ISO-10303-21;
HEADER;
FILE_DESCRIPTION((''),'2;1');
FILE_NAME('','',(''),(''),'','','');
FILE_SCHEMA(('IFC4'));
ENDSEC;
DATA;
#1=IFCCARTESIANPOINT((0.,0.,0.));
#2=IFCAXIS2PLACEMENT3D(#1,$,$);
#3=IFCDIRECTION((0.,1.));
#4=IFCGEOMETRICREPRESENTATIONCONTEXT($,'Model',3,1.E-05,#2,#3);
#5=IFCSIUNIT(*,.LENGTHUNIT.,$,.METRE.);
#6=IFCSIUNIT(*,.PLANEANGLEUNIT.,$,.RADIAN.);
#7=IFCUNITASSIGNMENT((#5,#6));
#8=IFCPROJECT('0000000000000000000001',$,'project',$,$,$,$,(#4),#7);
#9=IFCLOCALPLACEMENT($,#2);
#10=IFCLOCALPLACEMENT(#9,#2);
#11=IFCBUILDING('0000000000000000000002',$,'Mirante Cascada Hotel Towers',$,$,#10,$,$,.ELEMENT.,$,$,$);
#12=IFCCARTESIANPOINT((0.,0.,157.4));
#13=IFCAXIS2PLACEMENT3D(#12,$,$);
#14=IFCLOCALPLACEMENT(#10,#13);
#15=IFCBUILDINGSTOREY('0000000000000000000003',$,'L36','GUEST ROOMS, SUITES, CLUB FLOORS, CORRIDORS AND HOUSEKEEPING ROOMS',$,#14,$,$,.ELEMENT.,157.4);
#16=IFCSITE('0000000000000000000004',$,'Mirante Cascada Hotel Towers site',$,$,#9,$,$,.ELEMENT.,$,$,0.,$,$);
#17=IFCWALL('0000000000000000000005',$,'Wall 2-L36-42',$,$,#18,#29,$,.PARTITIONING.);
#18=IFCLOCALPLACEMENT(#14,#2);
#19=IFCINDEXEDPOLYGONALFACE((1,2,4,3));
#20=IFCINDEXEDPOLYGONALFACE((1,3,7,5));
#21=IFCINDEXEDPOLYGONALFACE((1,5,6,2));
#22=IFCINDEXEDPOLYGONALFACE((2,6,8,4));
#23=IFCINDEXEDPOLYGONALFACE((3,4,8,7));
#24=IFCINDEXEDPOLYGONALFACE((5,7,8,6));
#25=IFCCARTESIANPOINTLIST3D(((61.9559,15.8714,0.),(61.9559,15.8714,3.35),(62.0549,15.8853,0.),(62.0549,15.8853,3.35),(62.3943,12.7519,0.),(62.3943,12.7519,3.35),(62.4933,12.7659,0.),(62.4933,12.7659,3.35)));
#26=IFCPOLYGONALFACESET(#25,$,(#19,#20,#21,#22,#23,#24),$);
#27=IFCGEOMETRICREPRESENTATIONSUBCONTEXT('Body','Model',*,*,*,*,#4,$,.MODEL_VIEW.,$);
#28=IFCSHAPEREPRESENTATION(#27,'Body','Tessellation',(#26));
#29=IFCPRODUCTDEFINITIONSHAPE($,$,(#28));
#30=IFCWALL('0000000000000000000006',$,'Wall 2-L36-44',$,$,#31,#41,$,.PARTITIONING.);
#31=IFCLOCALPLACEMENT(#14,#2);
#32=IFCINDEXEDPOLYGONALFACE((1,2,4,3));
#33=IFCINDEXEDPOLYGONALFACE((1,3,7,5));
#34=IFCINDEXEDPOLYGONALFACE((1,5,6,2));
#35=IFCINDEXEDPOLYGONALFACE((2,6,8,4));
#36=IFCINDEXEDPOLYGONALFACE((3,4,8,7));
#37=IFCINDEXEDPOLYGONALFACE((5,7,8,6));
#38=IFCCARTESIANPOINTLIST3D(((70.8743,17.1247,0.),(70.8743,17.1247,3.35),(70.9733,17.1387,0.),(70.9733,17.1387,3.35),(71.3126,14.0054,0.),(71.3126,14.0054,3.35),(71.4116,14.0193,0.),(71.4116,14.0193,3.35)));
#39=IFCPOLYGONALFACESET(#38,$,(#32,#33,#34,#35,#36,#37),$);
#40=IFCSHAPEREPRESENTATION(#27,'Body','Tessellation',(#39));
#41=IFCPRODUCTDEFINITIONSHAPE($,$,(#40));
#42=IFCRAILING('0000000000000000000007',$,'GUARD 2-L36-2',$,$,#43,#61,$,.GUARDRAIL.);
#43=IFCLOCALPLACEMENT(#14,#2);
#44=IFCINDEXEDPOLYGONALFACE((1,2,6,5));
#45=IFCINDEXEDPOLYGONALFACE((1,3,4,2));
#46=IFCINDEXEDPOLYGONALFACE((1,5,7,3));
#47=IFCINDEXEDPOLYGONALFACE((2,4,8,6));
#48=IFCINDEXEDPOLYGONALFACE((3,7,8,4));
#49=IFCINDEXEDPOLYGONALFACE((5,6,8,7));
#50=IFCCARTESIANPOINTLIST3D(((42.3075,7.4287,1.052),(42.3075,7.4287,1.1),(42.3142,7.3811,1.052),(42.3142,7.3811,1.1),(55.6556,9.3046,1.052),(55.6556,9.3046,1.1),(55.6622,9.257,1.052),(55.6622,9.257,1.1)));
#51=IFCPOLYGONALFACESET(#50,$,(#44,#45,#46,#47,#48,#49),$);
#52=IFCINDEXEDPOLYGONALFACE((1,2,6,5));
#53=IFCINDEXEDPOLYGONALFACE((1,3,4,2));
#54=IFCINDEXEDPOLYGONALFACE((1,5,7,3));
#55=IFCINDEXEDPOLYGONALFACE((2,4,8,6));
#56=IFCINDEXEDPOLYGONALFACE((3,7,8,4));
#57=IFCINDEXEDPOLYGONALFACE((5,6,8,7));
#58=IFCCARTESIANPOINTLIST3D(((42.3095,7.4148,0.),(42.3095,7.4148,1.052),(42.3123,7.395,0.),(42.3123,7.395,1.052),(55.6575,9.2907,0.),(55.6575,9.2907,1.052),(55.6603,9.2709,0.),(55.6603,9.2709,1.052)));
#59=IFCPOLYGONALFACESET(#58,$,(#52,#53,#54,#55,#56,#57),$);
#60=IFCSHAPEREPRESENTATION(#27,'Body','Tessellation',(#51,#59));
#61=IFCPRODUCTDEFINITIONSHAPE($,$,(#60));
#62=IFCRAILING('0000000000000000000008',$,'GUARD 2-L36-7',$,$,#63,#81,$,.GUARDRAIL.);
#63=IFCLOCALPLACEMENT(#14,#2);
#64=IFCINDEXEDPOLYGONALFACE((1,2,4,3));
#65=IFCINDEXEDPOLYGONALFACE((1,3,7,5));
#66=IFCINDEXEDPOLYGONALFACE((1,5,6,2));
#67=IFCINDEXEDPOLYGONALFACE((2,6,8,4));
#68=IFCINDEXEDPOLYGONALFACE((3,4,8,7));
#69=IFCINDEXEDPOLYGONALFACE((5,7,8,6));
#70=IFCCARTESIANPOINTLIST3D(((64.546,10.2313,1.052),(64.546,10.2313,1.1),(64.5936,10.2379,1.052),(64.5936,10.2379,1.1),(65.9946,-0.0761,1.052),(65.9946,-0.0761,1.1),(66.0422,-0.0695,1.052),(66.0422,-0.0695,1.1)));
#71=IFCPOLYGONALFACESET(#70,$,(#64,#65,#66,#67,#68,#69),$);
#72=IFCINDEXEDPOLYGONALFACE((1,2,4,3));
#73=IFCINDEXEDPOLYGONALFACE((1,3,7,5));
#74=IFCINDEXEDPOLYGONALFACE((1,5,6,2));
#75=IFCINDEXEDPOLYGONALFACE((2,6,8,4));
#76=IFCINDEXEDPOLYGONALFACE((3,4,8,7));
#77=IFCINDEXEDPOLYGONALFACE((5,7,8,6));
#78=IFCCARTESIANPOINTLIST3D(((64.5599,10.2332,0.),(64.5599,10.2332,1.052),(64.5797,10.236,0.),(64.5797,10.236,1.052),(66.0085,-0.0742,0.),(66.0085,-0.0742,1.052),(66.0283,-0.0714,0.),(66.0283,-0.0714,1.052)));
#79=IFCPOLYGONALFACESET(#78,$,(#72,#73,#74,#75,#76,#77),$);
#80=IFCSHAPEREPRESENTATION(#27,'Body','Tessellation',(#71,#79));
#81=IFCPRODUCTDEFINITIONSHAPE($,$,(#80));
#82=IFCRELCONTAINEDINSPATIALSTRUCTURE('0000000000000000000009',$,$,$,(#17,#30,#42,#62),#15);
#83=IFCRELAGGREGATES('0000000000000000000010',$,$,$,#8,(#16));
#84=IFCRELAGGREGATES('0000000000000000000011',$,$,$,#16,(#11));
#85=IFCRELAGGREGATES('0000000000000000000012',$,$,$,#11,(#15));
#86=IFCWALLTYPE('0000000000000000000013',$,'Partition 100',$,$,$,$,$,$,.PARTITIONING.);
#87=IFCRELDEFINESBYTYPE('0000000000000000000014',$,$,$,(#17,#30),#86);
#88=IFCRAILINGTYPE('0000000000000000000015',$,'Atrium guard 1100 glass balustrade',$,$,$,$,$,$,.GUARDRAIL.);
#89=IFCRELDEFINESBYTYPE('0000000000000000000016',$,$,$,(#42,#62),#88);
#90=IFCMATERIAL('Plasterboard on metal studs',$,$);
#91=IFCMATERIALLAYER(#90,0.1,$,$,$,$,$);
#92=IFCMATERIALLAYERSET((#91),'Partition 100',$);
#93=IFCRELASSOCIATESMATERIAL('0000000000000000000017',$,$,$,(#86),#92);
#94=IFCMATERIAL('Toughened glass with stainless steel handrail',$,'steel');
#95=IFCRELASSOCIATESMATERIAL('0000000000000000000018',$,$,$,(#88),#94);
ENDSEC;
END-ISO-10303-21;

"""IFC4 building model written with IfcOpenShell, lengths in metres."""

from ifc_helpers import new_model, si_unit, direction, frame, frame_2d, origin, origin_2d, place, context, subcontext, project, spatial, rectangle, extrude, material, layer, layer_set, type_object, element, save


model = new_model("IFC4")

# Units and contexts
model_context = context("Model", 3, precision=1e-05, world=origin(), true_north=direction((0.0, 1.0)))
body_context = subcontext(model_context, "Body", "Model", "MODEL_VIEW")
ifc_project = project(units=[si_unit("LENGTHUNIT", "METRE"), si_unit("PLANEANGLEUNIT", "RADIAN")], contexts=[model_context])

# Site, building, storey
site_placement = place(None, origin())
site = spatial("IfcSite", under=ifc_project, at=site_placement, Name="Mirante Cascada Hotel Towers site", CompositionType="ELEMENT", RefElevation=0.0)
building_placement = place(site_placement, origin())
building = spatial("IfcBuilding", under=site, at=building_placement, Name="Mirante Cascada Hotel Towers", CompositionType="ELEMENT")
storey_placement = place(building_placement, frame((0.0, 0.0, 157.4)))
storey = spatial("IfcBuildingStorey", under=building, at=storey_placement, Name="L36", Description="GUEST ROOMS, SUITES, CLUB FLOORS, CORRIDORS AND HOUSEKEEPING ROOMS", CompositionType="ELEMENT", Elevation=157.4)

# Shared definitions
ifc_material_1 = material(Name="Plasterboard on metal studs")
ifc_layer_1 = layer(ifc_material_1, 0.1)
ifc_layer_set_1 = layer_set([ifc_layer_1], Name="Partition 100")
wall_type_1 = type_object("IfcWallType", Name="Partition 100", PredefinedType="PARTITIONING", material=ifc_layer_set_1)

# Walls
wall_1_placement = place(storey_placement, frame((62.0054, 15.8783, 0.0), z_axis=(0.0, 0.0, 1.0), x_axis=(0.139172, -0.990268, 0.0)))
element("IfcWall", 1, at=wall_1_placement, inside=storey, type_object=wall_type_1, Name="Wall 2-L36-42", PredefinedType="PARTITIONING", context=body_context, shape_type="SweptSolid", body=[
    extrude(rectangle(XDim=3.1501, YDim=0.1, at=frame_2d((1.575, 0.0))), origin(), (0.0, 0.0, 1.0), 3.35),
])
wall_2_placement = place(storey_placement, frame((70.9238, 17.1317, 0.0), z_axis=(0.0, 0.0, 1.0), x_axis=(0.139141, -0.990273, 0.0)))
element("IfcWall", 2, at=wall_2_placement, inside=storey, type_object=wall_type_1, Name="Wall 2-L36-44", PredefinedType="PARTITIONING", context=body_context, shape_type="SweptSolid", body=[
    extrude(rectangle(XDim=3.15, YDim=0.1, at=frame_2d((1.575, 0.0))), origin(), (0.0, 0.0, 1.0), 3.35),
])

# Railings
ifc_material_2 = material(Name="Toughened glass with stainless steel handrail", Category="steel")
railing_type = type_object("IfcRailingType", Name="Atrium guard 1100 glass balustrade", PredefinedType="GUARDRAIL", material=ifc_material_2)
railing_1_placement = place(storey_placement, frame((55.6589, 9.2808, 0.0)))
element("IfcRailing", 3, at=railing_1_placement, inside=storey, type_object=railing_type, Name="GUARD 2-L36-2", PredefinedType="GUARDRAIL", context=body_context, shape_type="SweptSolid", body=[
    extrude(rectangle(XDim=0.048, YDim=0.048, at=origin_2d()), frame((0.0, 0.0, 1.076), z_axis=(-0.990268, -0.13917, 0.0), x_axis=(0.13917, -0.990268, 0.0)), (0.0, 0.0, 1.0), 13.4792),
    extrude(rectangle(XDim=0.02, YDim=1.052, at=origin_2d()), frame((0.0, 0.0, 0.526), z_axis=(-0.990268, -0.13917, 0.0), x_axis=(0.13917, -0.990268, 0.0)), (0.0, 0.0, 1.0), 13.4792),
])
railing_2_placement = place(storey_placement, frame((64.5698, 10.2346, 0.0)))
element("IfcRailing", 4, at=railing_2_placement, inside=storey, type_object=railing_type, Name="GUARD 2-L36-7", PredefinedType="GUARDRAIL", context=body_context, shape_type="SweptSolid", body=[
    extrude(rectangle(XDim=0.048, YDim=0.048, at=origin_2d()), frame((0.0, 0.0, 1.076), z_axis=(0.139172, -0.990268, 0.0), x_axis=(0.990268, 0.139172, 0.0)), (0.0, 0.0, 1.0), 10.4087),
    extrude(rectangle(XDim=0.02, YDim=1.052, at=origin_2d()), frame((0.0, 0.0, 0.526), z_axis=(0.139172, -0.990268, 0.0), x_axis=(0.990268, 0.139172, 0.0)), (0.0, 0.0, 1.0), 10.4087),
])

save(model, "model.ifc")
